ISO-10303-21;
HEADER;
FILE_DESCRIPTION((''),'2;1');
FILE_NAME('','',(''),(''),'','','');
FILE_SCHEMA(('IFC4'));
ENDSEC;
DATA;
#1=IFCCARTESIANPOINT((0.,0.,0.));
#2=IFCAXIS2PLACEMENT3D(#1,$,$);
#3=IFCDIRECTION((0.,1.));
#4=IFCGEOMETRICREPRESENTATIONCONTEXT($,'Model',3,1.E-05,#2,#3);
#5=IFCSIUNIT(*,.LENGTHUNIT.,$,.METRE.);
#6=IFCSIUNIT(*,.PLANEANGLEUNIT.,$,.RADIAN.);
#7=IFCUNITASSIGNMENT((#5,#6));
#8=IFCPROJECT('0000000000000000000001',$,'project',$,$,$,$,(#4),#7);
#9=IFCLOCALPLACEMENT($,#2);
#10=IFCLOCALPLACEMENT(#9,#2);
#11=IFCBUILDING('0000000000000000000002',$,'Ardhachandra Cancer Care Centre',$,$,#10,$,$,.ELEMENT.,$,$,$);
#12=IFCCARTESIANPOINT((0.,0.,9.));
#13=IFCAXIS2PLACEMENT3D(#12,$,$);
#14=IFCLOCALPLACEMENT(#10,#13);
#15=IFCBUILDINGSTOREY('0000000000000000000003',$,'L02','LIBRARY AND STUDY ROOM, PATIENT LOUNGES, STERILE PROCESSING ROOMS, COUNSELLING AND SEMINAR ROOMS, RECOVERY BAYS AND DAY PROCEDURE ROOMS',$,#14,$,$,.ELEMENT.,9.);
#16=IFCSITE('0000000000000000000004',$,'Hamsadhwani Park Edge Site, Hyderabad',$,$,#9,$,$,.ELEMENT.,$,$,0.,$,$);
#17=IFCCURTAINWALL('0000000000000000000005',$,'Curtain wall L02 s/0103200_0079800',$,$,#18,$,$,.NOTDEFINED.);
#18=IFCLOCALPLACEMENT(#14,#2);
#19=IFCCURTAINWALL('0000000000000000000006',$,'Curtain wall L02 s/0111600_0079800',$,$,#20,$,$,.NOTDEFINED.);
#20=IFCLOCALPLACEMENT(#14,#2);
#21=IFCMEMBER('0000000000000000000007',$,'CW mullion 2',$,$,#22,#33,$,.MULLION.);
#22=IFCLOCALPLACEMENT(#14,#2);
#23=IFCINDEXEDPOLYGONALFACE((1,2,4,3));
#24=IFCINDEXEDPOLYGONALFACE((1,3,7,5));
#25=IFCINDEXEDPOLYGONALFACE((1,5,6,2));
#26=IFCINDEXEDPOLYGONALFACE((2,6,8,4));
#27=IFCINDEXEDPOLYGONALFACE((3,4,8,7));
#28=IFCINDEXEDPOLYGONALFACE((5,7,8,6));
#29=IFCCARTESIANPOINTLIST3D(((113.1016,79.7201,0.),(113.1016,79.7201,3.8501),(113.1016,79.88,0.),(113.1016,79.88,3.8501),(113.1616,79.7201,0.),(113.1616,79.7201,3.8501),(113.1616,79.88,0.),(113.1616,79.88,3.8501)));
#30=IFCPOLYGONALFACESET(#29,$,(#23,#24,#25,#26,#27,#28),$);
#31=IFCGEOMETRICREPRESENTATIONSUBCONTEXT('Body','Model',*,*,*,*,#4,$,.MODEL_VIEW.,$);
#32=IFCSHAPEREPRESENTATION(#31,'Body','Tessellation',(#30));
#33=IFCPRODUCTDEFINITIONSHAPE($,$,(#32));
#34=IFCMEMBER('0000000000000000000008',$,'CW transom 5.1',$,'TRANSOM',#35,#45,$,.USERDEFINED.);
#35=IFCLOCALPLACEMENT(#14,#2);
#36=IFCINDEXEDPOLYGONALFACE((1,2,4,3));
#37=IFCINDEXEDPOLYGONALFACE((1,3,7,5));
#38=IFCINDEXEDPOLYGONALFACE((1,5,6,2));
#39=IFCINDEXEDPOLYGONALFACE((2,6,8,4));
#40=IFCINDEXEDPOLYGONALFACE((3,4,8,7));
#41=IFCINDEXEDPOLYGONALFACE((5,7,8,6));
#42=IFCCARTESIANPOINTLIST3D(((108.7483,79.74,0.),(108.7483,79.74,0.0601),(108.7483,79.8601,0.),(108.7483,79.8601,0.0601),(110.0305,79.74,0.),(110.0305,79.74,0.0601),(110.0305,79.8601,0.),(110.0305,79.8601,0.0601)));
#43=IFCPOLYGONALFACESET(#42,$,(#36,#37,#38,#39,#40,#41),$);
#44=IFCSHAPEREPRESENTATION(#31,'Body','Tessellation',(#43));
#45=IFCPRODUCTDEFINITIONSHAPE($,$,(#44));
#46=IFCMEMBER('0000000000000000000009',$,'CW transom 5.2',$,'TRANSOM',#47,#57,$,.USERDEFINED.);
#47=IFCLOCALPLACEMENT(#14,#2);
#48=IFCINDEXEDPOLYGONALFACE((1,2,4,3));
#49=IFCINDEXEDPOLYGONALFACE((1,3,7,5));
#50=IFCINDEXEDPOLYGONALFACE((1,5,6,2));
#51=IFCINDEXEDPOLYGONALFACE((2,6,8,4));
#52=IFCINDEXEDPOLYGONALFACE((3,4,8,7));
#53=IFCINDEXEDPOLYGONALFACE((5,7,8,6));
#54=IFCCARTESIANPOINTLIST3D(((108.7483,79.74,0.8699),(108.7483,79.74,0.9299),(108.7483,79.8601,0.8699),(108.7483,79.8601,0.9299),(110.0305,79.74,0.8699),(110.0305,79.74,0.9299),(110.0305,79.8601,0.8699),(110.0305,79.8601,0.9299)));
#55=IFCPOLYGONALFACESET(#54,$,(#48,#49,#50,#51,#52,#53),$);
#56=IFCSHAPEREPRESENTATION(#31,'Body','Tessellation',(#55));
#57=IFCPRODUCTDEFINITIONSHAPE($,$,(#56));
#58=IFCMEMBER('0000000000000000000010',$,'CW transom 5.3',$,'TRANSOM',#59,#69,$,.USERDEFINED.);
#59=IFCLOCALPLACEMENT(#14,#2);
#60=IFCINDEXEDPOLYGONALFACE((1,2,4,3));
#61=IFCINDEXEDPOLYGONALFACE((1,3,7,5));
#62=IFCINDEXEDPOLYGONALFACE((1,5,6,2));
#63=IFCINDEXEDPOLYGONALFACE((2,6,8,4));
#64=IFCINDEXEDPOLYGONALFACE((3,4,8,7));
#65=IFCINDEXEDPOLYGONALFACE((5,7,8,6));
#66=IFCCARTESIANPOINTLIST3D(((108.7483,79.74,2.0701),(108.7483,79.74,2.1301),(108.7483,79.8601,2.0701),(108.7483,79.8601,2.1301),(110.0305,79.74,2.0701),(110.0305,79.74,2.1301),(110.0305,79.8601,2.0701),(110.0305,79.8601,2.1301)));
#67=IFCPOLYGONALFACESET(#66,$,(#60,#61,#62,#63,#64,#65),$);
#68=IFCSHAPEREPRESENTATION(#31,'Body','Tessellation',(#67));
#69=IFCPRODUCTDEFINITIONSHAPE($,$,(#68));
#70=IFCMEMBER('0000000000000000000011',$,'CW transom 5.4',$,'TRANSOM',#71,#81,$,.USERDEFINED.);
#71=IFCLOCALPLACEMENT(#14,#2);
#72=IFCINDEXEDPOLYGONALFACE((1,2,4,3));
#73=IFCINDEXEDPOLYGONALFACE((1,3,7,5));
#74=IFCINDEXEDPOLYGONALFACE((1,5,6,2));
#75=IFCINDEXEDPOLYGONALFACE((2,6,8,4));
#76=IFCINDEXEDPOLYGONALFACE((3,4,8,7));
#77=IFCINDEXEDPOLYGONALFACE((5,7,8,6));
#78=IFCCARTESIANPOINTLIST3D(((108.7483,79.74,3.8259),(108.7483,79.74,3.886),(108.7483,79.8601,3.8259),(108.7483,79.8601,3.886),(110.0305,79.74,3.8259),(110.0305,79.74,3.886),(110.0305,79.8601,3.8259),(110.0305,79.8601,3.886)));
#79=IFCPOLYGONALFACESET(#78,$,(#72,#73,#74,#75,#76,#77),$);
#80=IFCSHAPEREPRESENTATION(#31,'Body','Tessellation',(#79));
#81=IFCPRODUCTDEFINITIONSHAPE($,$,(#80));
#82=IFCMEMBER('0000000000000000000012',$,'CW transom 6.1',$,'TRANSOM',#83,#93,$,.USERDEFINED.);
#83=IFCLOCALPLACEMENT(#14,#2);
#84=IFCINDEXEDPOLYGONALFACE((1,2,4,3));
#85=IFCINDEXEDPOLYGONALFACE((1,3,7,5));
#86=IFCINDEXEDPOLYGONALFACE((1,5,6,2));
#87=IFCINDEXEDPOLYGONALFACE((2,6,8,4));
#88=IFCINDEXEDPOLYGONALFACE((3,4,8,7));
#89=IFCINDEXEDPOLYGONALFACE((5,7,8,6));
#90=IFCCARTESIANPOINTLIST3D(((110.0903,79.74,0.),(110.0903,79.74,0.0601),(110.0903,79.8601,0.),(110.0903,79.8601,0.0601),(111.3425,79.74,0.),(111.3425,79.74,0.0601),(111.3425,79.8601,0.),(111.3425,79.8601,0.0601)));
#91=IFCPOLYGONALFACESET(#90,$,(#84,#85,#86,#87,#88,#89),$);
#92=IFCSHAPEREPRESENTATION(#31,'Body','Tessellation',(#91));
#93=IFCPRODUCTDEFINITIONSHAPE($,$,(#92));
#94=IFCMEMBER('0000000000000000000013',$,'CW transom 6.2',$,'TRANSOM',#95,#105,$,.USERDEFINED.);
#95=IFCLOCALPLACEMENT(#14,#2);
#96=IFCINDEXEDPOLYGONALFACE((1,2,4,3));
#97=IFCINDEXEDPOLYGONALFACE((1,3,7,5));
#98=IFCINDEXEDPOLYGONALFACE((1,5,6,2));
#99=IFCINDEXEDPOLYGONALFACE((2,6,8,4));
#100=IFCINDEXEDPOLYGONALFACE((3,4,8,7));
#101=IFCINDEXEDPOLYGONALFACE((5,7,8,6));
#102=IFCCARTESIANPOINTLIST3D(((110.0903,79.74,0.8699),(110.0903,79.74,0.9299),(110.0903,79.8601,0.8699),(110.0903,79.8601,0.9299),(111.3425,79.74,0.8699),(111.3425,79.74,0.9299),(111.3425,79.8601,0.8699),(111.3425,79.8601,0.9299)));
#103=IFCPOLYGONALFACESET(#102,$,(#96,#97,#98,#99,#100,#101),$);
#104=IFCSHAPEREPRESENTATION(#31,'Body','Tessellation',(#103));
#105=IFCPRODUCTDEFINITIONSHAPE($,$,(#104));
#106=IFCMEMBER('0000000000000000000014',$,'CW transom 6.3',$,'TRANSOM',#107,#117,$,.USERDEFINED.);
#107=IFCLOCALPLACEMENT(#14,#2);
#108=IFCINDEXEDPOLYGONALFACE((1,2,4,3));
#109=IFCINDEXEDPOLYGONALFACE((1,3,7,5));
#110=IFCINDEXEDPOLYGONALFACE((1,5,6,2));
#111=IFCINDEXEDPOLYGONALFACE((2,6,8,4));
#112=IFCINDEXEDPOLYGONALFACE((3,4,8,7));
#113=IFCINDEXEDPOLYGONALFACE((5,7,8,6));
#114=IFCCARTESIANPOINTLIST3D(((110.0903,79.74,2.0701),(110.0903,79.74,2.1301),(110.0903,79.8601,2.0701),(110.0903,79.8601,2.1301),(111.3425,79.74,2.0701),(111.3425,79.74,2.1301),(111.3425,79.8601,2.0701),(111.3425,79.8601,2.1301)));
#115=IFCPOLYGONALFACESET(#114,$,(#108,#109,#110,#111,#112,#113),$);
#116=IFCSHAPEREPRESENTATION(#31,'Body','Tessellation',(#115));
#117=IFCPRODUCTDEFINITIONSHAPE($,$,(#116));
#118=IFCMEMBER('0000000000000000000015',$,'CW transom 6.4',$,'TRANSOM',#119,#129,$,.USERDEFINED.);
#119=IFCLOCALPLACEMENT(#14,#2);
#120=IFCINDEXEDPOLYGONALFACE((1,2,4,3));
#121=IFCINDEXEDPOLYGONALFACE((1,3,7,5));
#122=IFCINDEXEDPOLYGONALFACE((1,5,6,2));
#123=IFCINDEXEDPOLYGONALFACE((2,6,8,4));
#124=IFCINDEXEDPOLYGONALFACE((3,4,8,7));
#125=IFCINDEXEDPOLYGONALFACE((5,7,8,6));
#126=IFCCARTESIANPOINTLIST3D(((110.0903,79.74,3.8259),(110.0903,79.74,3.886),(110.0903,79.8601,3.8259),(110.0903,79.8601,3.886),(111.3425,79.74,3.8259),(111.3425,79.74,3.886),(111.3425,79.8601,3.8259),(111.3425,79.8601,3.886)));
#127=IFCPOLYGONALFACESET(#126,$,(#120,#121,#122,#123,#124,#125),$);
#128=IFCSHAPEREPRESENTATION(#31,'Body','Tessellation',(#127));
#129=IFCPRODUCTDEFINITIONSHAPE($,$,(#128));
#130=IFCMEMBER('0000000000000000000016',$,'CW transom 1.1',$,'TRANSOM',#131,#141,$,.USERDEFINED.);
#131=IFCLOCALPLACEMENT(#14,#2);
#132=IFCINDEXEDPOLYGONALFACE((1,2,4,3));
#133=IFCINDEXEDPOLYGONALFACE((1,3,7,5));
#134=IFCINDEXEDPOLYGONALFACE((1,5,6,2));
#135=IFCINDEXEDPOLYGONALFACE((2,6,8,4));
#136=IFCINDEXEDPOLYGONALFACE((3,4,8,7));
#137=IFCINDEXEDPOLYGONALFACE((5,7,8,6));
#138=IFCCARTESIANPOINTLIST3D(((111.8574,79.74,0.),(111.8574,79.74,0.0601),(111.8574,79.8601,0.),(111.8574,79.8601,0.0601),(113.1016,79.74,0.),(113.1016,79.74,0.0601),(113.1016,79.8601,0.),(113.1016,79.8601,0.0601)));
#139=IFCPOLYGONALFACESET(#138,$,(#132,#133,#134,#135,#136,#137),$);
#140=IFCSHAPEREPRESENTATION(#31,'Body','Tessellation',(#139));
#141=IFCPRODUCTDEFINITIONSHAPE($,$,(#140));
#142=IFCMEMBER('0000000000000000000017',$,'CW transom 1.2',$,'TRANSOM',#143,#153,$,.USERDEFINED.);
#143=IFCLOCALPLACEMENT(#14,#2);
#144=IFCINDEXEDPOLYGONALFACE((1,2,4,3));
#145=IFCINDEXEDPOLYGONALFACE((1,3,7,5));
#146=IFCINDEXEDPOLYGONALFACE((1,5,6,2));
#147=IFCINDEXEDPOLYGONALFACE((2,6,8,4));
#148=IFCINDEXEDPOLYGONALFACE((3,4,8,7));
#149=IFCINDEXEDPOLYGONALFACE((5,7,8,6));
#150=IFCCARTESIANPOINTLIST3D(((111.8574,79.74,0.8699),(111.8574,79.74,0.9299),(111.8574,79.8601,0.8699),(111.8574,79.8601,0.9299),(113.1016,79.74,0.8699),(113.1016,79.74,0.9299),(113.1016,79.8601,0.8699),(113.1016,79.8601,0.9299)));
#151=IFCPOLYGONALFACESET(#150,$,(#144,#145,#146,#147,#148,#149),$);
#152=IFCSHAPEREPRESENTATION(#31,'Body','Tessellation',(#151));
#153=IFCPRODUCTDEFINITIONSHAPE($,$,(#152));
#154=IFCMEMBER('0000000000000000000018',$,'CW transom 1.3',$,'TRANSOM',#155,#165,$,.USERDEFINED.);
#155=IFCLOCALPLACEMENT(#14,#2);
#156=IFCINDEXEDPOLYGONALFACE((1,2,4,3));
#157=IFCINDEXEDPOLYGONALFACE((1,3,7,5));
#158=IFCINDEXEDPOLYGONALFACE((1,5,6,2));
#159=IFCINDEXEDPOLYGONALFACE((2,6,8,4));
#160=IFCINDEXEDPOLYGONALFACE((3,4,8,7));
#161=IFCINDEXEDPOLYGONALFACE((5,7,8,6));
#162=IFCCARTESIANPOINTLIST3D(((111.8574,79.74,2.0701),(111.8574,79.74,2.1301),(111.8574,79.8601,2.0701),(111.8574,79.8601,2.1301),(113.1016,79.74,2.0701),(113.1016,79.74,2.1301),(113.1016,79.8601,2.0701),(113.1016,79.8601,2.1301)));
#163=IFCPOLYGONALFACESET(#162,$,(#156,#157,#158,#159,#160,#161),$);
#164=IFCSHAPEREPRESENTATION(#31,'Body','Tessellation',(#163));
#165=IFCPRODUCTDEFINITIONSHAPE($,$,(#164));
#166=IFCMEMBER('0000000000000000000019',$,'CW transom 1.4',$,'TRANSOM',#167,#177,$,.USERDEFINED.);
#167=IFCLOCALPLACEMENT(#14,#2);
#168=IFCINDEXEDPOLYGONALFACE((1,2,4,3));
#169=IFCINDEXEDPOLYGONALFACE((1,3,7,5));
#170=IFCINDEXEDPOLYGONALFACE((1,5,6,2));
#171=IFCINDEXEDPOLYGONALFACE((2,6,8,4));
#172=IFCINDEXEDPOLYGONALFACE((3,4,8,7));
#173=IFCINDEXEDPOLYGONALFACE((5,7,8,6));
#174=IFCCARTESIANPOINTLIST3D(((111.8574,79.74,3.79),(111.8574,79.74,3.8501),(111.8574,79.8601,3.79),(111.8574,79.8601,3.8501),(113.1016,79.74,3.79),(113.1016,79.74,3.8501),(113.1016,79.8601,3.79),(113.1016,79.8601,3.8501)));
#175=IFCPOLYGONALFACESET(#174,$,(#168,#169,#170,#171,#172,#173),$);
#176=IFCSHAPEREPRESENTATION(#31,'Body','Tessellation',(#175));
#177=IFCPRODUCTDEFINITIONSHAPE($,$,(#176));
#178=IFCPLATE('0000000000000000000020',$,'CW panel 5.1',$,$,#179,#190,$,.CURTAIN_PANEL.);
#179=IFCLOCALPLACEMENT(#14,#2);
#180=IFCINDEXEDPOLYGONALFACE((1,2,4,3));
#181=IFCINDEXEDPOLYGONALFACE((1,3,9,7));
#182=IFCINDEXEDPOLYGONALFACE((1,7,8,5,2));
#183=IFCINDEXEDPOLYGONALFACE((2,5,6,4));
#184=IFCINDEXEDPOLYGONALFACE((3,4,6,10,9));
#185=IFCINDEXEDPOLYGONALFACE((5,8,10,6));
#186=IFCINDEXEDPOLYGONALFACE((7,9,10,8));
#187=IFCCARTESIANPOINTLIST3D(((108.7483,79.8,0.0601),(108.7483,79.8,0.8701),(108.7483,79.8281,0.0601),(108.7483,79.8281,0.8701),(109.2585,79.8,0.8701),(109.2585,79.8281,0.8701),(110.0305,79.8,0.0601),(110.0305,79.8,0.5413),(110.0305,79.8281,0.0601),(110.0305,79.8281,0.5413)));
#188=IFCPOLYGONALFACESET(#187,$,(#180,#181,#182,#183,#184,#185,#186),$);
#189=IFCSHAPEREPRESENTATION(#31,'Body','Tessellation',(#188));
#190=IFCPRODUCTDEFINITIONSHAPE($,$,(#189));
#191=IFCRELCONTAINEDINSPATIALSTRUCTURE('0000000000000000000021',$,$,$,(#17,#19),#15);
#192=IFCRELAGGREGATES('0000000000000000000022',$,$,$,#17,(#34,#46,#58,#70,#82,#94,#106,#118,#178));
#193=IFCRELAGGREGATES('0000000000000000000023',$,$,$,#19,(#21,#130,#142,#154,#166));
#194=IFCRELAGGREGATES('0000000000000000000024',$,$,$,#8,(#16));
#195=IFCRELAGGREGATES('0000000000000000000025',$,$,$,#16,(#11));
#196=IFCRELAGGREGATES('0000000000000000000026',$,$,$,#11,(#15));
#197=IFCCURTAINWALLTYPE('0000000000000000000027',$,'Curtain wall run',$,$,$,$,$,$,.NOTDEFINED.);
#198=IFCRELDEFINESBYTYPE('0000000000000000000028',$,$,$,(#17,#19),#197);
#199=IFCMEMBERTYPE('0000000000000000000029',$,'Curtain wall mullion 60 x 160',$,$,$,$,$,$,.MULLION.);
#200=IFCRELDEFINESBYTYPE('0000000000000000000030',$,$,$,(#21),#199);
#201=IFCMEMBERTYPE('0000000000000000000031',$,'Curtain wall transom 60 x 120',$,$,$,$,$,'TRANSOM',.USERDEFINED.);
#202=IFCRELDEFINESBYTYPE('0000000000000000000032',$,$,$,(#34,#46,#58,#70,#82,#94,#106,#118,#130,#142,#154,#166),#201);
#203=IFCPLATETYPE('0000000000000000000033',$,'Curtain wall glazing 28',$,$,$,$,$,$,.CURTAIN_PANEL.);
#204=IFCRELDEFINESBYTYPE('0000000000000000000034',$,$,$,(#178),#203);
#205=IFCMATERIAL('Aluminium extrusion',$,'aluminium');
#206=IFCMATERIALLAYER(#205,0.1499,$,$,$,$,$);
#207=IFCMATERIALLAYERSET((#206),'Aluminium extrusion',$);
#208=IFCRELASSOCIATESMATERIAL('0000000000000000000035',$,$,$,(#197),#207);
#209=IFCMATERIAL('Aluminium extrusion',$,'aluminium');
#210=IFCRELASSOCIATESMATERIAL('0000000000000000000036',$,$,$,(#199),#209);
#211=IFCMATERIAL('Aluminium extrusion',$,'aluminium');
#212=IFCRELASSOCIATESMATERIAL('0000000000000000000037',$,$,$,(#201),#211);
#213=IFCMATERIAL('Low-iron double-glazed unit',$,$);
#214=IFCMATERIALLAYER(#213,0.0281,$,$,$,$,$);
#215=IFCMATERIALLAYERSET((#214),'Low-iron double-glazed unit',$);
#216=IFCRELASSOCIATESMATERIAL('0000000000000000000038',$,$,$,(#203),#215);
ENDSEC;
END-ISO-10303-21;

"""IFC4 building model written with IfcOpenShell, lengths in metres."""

from ifc_helpers import new_model, si_unit, direction, frame, origin, origin_2d, place, context, subcontext, project, spatial, polyline, rectangle, outline, extrude, material, layer, layer_set, material_profile, profile_set, type_object, element, aggregate, save


model = new_model("IFC4")

# Units and contexts
model_context = context("Model", 3, precision=1e-05, world=origin(), true_north=direction((0.0, 1.0)))
body_context = subcontext(model_context, "Body", "Model", "MODEL_VIEW")
ifc_project = project(units=[si_unit("LENGTHUNIT", "METRE"), si_unit("PLANEANGLEUNIT", "RADIAN")], contexts=[model_context])

# Site, building, storey
site_placement = place(None, origin())
site = spatial("IfcSite", under=ifc_project, at=site_placement, Name="Hamsadhwani Park Edge Site, Hyderabad", CompositionType="ELEMENT", RefElevation=0.0)
building_placement = place(site_placement, origin())
building = spatial("IfcBuilding", under=site, at=building_placement, Name="Ardhachandra Cancer Care Centre", CompositionType="ELEMENT")
storey_placement = place(building_placement, frame((0.0, 0.0, 9.0)))
storey = spatial("IfcBuildingStorey", under=building, at=storey_placement, Name="L02", Description="LIBRARY AND STUDY ROOM, PATIENT LOUNGES, STERILE PROCESSING ROOMS, COUNSELLING AND SEMINAR ROOMS, RECOVERY BAYS AND DAY PROCEDURE ROOMS", CompositionType="ELEMENT", Elevation=9.0)

# Curtain walls, member
ifc_material_1 = material(Name="Aluminium extrusion", Category="aluminium")
ifc_layer_1 = layer(ifc_material_1, 0.1499)
ifc_layer_set_1 = layer_set([ifc_layer_1], Name="Aluminium extrusion")
curtain_wall_type = type_object("IfcCurtainWallType", Name="Curtain wall run", PredefinedType="NOTDEFINED", material=ifc_layer_set_1)
curtain_wall_1_placement = place(storey_placement, origin())
curtain_wall_1 = element("IfcCurtainWall", 1, at=curtain_wall_1_placement, inside=storey, type_object=curtain_wall_type, Name="Curtain wall L02 s/0103200_0079800", PredefinedType="NOTDEFINED")
ifc_material_2 = material(Name="Aluminium extrusion", Category="aluminium")
ifc_material_profile_1 = material_profile(ifc_material_2, rectangle(XDim=0.1599, YDim=0.0601, at=origin_2d()), Name="Curtain wall mullion 60 x 160")
ifc_profile_set_1 = profile_set([ifc_material_profile_1], Name="Aluminium extrusion")
member_type_1 = type_object("IfcMemberType", Name="Curtain wall mullion 60 x 160", PredefinedType="MULLION", material=ifc_profile_set_1)
curtain_wall_2_placement = place(storey_placement, origin())
curtain_wall_2 = element("IfcCurtainWall", 2, at=curtain_wall_2_placement, inside=storey, type_object=curtain_wall_type, Name="Curtain wall L02 s/0111600_0079800", PredefinedType="NOTDEFINED")
member_1_placement = place(storey_placement, frame((113.1316, 79.8, 0.0), z_axis=(0.0, 0.0, 1.0), x_axis=(0.0, 1.0, 0.0)))
member_1 = element("IfcMember", 3, at=member_1_placement, type_object=member_type_1, Name="CW mullion 2", PredefinedType="MULLION", context=body_context, shape_type="SweptSolid", body=[
    extrude(rectangle(XDim=0.1599, YDim=0.0601, at=origin_2d()), origin(), (0.0, 0.0, 1.0), 3.8501),
])

# Members
ifc_material_3 = material(Name="Aluminium extrusion", Category="aluminium")
ifc_material_profile_2 = material_profile(ifc_material_3, rectangle(XDim=0.1201, YDim=0.0601, at=origin_2d()), Name="Curtain wall transom 60 x 120")
ifc_profile_set_2 = profile_set([ifc_material_profile_2], Name="Aluminium extrusion")
member_type_2 = type_object("IfcMemberType", Name="Curtain wall transom 60 x 120", ElementType="TRANSOM", PredefinedType="USERDEFINED", material=ifc_profile_set_2)
member_2_placement = place(storey_placement, frame((108.7483, 79.8, 0.03), z_axis=(1.0, 0.0, 0.0), x_axis=(0.0, 1.0, 0.0)))
member_2 = element("IfcMember", 4, at=member_2_placement, type_object=member_type_2, Name="CW transom 5.1", ObjectType="TRANSOM", PredefinedType="USERDEFINED", context=body_context, shape_type="SweptSolid", body=[
    extrude(rectangle(XDim=0.1201, YDim=0.0601, at=origin_2d()), origin(), (0.0, 0.0, 1.0), 1.2822),
])
member_3_placement = place(storey_placement, frame((108.7483, 79.8, 0.8999), z_axis=(1.0, 0.0, 0.0), x_axis=(0.0, 1.0, 0.0)))
member_3 = element("IfcMember", 5, at=member_3_placement, type_object=member_type_2, Name="CW transom 5.2", ObjectType="TRANSOM", PredefinedType="USERDEFINED", context=body_context, shape_type="SweptSolid", body=[
    extrude(rectangle(XDim=0.1201, YDim=0.0601, at=origin_2d()), origin(), (0.0, 0.0, 1.0), 1.2822),
])
member_4_placement = place(storey_placement, frame((108.7483, 79.8, 2.1001), z_axis=(1.0, 0.0, 0.0), x_axis=(0.0, 1.0, 0.0)))
member_4 = element("IfcMember", 6, at=member_4_placement, type_object=member_type_2, Name="CW transom 5.3", ObjectType="TRANSOM", PredefinedType="USERDEFINED", context=body_context, shape_type="SweptSolid", body=[
    extrude(rectangle(XDim=0.1201, YDim=0.0601, at=origin_2d()), origin(), (0.0, 0.0, 1.0), 1.2822),
])
member_5_placement = place(storey_placement, frame((108.7483, 79.8, 3.856), z_axis=(1.0, 0.0, 0.0), x_axis=(0.0, 1.0, 0.0)))
member_5 = element("IfcMember", 7, at=member_5_placement, type_object=member_type_2, Name="CW transom 5.4", ObjectType="TRANSOM", PredefinedType="USERDEFINED", context=body_context, shape_type="SweptSolid", body=[
    extrude(rectangle(XDim=0.1201, YDim=0.0601, at=origin_2d()), origin(), (0.0, 0.0, 1.0), 1.2822),
])
member_6_placement = place(storey_placement, frame((110.0903, 79.8, 0.03), z_axis=(1.0, 0.0, 0.0), x_axis=(0.0, 1.0, 0.0)))
member_6 = element("IfcMember", 8, at=member_6_placement, type_object=member_type_2, Name="CW transom 6.1", ObjectType="TRANSOM", PredefinedType="USERDEFINED", context=body_context, shape_type="SweptSolid", body=[
    extrude(rectangle(XDim=0.1201, YDim=0.0601, at=origin_2d()), origin(), (0.0, 0.0, 1.0), 1.2522),
])
member_7_placement = place(storey_placement, frame((110.0903, 79.8, 0.8999), z_axis=(1.0, 0.0, 0.0), x_axis=(0.0, 1.0, 0.0)))
member_7 = element("IfcMember", 9, at=member_7_placement, type_object=member_type_2, Name="CW transom 6.2", ObjectType="TRANSOM", PredefinedType="USERDEFINED", context=body_context, shape_type="SweptSolid", body=[
    extrude(rectangle(XDim=0.1201, YDim=0.0601, at=origin_2d()), origin(), (0.0, 0.0, 1.0), 1.2522),
])
member_8_placement = place(storey_placement, frame((110.0903, 79.8, 2.1001), z_axis=(1.0, 0.0, 0.0), x_axis=(0.0, 1.0, 0.0)))
member_8 = element("IfcMember", 10, at=member_8_placement, type_object=member_type_2, Name="CW transom 6.3", ObjectType="TRANSOM", PredefinedType="USERDEFINED", context=body_context, shape_type="SweptSolid", body=[
    extrude(rectangle(XDim=0.1201, YDim=0.0601, at=origin_2d()), origin(), (0.0, 0.0, 1.0), 1.2522),
])
member_9_placement = place(storey_placement, frame((110.0903, 79.8, 3.856), z_axis=(1.0, 0.0, 0.0), x_axis=(0.0, 1.0, 0.0)))
member_9 = element("IfcMember", 11, at=member_9_placement, type_object=member_type_2, Name="CW transom 6.4", ObjectType="TRANSOM", PredefinedType="USERDEFINED", context=body_context, shape_type="SweptSolid", body=[
    extrude(rectangle(XDim=0.1201, YDim=0.0601, at=origin_2d()), origin(), (0.0, 0.0, 1.0), 1.2522),
])
member_10_placement = place(storey_placement, frame((111.8574, 79.8, 0.03), z_axis=(1.0, 0.0, 0.0), x_axis=(0.0, 1.0, 0.0)))
member_10 = element("IfcMember", 12, at=member_10_placement, type_object=member_type_2, Name="CW transom 1.1", ObjectType="TRANSOM", PredefinedType="USERDEFINED", context=body_context, shape_type="SweptSolid", body=[
    extrude(rectangle(XDim=0.1201, YDim=0.0601, at=origin_2d()), origin(), (0.0, 0.0, 1.0), 1.2441),
])
member_11_placement = place(storey_placement, frame((111.8574, 79.8, 0.8999), z_axis=(1.0, 0.0, 0.0), x_axis=(0.0, 1.0, 0.0)))
member_11 = element("IfcMember", 13, at=member_11_placement, type_object=member_type_2, Name="CW transom 1.2", ObjectType="TRANSOM", PredefinedType="USERDEFINED", context=body_context, shape_type="SweptSolid", body=[
    extrude(rectangle(XDim=0.1201, YDim=0.0601, at=origin_2d()), origin(), (0.0, 0.0, 1.0), 1.2441),
])
member_12_placement = place(storey_placement, frame((111.8574, 79.8, 2.1001), z_axis=(1.0, 0.0, 0.0), x_axis=(0.0, 1.0, 0.0)))
member_12 = element("IfcMember", 14, at=member_12_placement, type_object=member_type_2, Name="CW transom 1.3", ObjectType="TRANSOM", PredefinedType="USERDEFINED", context=body_context, shape_type="SweptSolid", body=[
    extrude(rectangle(XDim=0.1201, YDim=0.0601, at=origin_2d()), origin(), (0.0, 0.0, 1.0), 1.2441),
])
member_13_placement = place(storey_placement, frame((111.8574, 79.8, 3.8201), z_axis=(1.0, 0.0, 0.0), x_axis=(0.0, 1.0, 0.0)))
member_13 = element("IfcMember", 15, at=member_13_placement, type_object=member_type_2, Name="CW transom 1.4", ObjectType="TRANSOM", PredefinedType="USERDEFINED", context=body_context, shape_type="SweptSolid", body=[
    extrude(rectangle(XDim=0.1201, YDim=0.0601, at=origin_2d()), origin(), (0.0, 0.0, 1.0), 1.2441),
])

# Plate
ifc_material_4 = material(Name="Low-iron double-glazed unit")
ifc_layer_2 = layer(ifc_material_4, 0.0281)
ifc_layer_set_2 = layer_set([ifc_layer_2], Name="Low-iron double-glazed unit")
plate_type_1 = type_object("IfcPlateType", Name="Curtain wall glazing 28", PredefinedType="CURTAIN_PANEL", material=ifc_layer_set_2)
plate_1_placement = place(storey_placement, frame((110.0305, 79.8, 0.0601), z_axis=(0.0, 1.0, 0.0), x_axis=(-1.0, 0.0, 0.0)))
plate_1 = element("IfcPlate", 16, at=plate_1_placement, type_object=plate_type_1, Name="CW panel 5.1", PredefinedType="CURTAIN_PANEL", context=body_context, shape_type="SweptSolid", body=[
    extrude(outline(polyline([(0.0, 0.0), (1.2822, 0.0), (1.2822, 0.8101), (0.772, 0.8101), (0.0, 0.4812), (0.0, 0.0)])), origin(), (0.0, 0.0, 1.0), 0.0281),
])
aggregate(curtain_wall_1, [member_2, member_3, member_4, member_5, member_6, member_7, member_8, member_9, plate_1])
aggregate(curtain_wall_2, [member_1, member_10, member_11, member_12, member_13])

save(model, "model.ifc")
